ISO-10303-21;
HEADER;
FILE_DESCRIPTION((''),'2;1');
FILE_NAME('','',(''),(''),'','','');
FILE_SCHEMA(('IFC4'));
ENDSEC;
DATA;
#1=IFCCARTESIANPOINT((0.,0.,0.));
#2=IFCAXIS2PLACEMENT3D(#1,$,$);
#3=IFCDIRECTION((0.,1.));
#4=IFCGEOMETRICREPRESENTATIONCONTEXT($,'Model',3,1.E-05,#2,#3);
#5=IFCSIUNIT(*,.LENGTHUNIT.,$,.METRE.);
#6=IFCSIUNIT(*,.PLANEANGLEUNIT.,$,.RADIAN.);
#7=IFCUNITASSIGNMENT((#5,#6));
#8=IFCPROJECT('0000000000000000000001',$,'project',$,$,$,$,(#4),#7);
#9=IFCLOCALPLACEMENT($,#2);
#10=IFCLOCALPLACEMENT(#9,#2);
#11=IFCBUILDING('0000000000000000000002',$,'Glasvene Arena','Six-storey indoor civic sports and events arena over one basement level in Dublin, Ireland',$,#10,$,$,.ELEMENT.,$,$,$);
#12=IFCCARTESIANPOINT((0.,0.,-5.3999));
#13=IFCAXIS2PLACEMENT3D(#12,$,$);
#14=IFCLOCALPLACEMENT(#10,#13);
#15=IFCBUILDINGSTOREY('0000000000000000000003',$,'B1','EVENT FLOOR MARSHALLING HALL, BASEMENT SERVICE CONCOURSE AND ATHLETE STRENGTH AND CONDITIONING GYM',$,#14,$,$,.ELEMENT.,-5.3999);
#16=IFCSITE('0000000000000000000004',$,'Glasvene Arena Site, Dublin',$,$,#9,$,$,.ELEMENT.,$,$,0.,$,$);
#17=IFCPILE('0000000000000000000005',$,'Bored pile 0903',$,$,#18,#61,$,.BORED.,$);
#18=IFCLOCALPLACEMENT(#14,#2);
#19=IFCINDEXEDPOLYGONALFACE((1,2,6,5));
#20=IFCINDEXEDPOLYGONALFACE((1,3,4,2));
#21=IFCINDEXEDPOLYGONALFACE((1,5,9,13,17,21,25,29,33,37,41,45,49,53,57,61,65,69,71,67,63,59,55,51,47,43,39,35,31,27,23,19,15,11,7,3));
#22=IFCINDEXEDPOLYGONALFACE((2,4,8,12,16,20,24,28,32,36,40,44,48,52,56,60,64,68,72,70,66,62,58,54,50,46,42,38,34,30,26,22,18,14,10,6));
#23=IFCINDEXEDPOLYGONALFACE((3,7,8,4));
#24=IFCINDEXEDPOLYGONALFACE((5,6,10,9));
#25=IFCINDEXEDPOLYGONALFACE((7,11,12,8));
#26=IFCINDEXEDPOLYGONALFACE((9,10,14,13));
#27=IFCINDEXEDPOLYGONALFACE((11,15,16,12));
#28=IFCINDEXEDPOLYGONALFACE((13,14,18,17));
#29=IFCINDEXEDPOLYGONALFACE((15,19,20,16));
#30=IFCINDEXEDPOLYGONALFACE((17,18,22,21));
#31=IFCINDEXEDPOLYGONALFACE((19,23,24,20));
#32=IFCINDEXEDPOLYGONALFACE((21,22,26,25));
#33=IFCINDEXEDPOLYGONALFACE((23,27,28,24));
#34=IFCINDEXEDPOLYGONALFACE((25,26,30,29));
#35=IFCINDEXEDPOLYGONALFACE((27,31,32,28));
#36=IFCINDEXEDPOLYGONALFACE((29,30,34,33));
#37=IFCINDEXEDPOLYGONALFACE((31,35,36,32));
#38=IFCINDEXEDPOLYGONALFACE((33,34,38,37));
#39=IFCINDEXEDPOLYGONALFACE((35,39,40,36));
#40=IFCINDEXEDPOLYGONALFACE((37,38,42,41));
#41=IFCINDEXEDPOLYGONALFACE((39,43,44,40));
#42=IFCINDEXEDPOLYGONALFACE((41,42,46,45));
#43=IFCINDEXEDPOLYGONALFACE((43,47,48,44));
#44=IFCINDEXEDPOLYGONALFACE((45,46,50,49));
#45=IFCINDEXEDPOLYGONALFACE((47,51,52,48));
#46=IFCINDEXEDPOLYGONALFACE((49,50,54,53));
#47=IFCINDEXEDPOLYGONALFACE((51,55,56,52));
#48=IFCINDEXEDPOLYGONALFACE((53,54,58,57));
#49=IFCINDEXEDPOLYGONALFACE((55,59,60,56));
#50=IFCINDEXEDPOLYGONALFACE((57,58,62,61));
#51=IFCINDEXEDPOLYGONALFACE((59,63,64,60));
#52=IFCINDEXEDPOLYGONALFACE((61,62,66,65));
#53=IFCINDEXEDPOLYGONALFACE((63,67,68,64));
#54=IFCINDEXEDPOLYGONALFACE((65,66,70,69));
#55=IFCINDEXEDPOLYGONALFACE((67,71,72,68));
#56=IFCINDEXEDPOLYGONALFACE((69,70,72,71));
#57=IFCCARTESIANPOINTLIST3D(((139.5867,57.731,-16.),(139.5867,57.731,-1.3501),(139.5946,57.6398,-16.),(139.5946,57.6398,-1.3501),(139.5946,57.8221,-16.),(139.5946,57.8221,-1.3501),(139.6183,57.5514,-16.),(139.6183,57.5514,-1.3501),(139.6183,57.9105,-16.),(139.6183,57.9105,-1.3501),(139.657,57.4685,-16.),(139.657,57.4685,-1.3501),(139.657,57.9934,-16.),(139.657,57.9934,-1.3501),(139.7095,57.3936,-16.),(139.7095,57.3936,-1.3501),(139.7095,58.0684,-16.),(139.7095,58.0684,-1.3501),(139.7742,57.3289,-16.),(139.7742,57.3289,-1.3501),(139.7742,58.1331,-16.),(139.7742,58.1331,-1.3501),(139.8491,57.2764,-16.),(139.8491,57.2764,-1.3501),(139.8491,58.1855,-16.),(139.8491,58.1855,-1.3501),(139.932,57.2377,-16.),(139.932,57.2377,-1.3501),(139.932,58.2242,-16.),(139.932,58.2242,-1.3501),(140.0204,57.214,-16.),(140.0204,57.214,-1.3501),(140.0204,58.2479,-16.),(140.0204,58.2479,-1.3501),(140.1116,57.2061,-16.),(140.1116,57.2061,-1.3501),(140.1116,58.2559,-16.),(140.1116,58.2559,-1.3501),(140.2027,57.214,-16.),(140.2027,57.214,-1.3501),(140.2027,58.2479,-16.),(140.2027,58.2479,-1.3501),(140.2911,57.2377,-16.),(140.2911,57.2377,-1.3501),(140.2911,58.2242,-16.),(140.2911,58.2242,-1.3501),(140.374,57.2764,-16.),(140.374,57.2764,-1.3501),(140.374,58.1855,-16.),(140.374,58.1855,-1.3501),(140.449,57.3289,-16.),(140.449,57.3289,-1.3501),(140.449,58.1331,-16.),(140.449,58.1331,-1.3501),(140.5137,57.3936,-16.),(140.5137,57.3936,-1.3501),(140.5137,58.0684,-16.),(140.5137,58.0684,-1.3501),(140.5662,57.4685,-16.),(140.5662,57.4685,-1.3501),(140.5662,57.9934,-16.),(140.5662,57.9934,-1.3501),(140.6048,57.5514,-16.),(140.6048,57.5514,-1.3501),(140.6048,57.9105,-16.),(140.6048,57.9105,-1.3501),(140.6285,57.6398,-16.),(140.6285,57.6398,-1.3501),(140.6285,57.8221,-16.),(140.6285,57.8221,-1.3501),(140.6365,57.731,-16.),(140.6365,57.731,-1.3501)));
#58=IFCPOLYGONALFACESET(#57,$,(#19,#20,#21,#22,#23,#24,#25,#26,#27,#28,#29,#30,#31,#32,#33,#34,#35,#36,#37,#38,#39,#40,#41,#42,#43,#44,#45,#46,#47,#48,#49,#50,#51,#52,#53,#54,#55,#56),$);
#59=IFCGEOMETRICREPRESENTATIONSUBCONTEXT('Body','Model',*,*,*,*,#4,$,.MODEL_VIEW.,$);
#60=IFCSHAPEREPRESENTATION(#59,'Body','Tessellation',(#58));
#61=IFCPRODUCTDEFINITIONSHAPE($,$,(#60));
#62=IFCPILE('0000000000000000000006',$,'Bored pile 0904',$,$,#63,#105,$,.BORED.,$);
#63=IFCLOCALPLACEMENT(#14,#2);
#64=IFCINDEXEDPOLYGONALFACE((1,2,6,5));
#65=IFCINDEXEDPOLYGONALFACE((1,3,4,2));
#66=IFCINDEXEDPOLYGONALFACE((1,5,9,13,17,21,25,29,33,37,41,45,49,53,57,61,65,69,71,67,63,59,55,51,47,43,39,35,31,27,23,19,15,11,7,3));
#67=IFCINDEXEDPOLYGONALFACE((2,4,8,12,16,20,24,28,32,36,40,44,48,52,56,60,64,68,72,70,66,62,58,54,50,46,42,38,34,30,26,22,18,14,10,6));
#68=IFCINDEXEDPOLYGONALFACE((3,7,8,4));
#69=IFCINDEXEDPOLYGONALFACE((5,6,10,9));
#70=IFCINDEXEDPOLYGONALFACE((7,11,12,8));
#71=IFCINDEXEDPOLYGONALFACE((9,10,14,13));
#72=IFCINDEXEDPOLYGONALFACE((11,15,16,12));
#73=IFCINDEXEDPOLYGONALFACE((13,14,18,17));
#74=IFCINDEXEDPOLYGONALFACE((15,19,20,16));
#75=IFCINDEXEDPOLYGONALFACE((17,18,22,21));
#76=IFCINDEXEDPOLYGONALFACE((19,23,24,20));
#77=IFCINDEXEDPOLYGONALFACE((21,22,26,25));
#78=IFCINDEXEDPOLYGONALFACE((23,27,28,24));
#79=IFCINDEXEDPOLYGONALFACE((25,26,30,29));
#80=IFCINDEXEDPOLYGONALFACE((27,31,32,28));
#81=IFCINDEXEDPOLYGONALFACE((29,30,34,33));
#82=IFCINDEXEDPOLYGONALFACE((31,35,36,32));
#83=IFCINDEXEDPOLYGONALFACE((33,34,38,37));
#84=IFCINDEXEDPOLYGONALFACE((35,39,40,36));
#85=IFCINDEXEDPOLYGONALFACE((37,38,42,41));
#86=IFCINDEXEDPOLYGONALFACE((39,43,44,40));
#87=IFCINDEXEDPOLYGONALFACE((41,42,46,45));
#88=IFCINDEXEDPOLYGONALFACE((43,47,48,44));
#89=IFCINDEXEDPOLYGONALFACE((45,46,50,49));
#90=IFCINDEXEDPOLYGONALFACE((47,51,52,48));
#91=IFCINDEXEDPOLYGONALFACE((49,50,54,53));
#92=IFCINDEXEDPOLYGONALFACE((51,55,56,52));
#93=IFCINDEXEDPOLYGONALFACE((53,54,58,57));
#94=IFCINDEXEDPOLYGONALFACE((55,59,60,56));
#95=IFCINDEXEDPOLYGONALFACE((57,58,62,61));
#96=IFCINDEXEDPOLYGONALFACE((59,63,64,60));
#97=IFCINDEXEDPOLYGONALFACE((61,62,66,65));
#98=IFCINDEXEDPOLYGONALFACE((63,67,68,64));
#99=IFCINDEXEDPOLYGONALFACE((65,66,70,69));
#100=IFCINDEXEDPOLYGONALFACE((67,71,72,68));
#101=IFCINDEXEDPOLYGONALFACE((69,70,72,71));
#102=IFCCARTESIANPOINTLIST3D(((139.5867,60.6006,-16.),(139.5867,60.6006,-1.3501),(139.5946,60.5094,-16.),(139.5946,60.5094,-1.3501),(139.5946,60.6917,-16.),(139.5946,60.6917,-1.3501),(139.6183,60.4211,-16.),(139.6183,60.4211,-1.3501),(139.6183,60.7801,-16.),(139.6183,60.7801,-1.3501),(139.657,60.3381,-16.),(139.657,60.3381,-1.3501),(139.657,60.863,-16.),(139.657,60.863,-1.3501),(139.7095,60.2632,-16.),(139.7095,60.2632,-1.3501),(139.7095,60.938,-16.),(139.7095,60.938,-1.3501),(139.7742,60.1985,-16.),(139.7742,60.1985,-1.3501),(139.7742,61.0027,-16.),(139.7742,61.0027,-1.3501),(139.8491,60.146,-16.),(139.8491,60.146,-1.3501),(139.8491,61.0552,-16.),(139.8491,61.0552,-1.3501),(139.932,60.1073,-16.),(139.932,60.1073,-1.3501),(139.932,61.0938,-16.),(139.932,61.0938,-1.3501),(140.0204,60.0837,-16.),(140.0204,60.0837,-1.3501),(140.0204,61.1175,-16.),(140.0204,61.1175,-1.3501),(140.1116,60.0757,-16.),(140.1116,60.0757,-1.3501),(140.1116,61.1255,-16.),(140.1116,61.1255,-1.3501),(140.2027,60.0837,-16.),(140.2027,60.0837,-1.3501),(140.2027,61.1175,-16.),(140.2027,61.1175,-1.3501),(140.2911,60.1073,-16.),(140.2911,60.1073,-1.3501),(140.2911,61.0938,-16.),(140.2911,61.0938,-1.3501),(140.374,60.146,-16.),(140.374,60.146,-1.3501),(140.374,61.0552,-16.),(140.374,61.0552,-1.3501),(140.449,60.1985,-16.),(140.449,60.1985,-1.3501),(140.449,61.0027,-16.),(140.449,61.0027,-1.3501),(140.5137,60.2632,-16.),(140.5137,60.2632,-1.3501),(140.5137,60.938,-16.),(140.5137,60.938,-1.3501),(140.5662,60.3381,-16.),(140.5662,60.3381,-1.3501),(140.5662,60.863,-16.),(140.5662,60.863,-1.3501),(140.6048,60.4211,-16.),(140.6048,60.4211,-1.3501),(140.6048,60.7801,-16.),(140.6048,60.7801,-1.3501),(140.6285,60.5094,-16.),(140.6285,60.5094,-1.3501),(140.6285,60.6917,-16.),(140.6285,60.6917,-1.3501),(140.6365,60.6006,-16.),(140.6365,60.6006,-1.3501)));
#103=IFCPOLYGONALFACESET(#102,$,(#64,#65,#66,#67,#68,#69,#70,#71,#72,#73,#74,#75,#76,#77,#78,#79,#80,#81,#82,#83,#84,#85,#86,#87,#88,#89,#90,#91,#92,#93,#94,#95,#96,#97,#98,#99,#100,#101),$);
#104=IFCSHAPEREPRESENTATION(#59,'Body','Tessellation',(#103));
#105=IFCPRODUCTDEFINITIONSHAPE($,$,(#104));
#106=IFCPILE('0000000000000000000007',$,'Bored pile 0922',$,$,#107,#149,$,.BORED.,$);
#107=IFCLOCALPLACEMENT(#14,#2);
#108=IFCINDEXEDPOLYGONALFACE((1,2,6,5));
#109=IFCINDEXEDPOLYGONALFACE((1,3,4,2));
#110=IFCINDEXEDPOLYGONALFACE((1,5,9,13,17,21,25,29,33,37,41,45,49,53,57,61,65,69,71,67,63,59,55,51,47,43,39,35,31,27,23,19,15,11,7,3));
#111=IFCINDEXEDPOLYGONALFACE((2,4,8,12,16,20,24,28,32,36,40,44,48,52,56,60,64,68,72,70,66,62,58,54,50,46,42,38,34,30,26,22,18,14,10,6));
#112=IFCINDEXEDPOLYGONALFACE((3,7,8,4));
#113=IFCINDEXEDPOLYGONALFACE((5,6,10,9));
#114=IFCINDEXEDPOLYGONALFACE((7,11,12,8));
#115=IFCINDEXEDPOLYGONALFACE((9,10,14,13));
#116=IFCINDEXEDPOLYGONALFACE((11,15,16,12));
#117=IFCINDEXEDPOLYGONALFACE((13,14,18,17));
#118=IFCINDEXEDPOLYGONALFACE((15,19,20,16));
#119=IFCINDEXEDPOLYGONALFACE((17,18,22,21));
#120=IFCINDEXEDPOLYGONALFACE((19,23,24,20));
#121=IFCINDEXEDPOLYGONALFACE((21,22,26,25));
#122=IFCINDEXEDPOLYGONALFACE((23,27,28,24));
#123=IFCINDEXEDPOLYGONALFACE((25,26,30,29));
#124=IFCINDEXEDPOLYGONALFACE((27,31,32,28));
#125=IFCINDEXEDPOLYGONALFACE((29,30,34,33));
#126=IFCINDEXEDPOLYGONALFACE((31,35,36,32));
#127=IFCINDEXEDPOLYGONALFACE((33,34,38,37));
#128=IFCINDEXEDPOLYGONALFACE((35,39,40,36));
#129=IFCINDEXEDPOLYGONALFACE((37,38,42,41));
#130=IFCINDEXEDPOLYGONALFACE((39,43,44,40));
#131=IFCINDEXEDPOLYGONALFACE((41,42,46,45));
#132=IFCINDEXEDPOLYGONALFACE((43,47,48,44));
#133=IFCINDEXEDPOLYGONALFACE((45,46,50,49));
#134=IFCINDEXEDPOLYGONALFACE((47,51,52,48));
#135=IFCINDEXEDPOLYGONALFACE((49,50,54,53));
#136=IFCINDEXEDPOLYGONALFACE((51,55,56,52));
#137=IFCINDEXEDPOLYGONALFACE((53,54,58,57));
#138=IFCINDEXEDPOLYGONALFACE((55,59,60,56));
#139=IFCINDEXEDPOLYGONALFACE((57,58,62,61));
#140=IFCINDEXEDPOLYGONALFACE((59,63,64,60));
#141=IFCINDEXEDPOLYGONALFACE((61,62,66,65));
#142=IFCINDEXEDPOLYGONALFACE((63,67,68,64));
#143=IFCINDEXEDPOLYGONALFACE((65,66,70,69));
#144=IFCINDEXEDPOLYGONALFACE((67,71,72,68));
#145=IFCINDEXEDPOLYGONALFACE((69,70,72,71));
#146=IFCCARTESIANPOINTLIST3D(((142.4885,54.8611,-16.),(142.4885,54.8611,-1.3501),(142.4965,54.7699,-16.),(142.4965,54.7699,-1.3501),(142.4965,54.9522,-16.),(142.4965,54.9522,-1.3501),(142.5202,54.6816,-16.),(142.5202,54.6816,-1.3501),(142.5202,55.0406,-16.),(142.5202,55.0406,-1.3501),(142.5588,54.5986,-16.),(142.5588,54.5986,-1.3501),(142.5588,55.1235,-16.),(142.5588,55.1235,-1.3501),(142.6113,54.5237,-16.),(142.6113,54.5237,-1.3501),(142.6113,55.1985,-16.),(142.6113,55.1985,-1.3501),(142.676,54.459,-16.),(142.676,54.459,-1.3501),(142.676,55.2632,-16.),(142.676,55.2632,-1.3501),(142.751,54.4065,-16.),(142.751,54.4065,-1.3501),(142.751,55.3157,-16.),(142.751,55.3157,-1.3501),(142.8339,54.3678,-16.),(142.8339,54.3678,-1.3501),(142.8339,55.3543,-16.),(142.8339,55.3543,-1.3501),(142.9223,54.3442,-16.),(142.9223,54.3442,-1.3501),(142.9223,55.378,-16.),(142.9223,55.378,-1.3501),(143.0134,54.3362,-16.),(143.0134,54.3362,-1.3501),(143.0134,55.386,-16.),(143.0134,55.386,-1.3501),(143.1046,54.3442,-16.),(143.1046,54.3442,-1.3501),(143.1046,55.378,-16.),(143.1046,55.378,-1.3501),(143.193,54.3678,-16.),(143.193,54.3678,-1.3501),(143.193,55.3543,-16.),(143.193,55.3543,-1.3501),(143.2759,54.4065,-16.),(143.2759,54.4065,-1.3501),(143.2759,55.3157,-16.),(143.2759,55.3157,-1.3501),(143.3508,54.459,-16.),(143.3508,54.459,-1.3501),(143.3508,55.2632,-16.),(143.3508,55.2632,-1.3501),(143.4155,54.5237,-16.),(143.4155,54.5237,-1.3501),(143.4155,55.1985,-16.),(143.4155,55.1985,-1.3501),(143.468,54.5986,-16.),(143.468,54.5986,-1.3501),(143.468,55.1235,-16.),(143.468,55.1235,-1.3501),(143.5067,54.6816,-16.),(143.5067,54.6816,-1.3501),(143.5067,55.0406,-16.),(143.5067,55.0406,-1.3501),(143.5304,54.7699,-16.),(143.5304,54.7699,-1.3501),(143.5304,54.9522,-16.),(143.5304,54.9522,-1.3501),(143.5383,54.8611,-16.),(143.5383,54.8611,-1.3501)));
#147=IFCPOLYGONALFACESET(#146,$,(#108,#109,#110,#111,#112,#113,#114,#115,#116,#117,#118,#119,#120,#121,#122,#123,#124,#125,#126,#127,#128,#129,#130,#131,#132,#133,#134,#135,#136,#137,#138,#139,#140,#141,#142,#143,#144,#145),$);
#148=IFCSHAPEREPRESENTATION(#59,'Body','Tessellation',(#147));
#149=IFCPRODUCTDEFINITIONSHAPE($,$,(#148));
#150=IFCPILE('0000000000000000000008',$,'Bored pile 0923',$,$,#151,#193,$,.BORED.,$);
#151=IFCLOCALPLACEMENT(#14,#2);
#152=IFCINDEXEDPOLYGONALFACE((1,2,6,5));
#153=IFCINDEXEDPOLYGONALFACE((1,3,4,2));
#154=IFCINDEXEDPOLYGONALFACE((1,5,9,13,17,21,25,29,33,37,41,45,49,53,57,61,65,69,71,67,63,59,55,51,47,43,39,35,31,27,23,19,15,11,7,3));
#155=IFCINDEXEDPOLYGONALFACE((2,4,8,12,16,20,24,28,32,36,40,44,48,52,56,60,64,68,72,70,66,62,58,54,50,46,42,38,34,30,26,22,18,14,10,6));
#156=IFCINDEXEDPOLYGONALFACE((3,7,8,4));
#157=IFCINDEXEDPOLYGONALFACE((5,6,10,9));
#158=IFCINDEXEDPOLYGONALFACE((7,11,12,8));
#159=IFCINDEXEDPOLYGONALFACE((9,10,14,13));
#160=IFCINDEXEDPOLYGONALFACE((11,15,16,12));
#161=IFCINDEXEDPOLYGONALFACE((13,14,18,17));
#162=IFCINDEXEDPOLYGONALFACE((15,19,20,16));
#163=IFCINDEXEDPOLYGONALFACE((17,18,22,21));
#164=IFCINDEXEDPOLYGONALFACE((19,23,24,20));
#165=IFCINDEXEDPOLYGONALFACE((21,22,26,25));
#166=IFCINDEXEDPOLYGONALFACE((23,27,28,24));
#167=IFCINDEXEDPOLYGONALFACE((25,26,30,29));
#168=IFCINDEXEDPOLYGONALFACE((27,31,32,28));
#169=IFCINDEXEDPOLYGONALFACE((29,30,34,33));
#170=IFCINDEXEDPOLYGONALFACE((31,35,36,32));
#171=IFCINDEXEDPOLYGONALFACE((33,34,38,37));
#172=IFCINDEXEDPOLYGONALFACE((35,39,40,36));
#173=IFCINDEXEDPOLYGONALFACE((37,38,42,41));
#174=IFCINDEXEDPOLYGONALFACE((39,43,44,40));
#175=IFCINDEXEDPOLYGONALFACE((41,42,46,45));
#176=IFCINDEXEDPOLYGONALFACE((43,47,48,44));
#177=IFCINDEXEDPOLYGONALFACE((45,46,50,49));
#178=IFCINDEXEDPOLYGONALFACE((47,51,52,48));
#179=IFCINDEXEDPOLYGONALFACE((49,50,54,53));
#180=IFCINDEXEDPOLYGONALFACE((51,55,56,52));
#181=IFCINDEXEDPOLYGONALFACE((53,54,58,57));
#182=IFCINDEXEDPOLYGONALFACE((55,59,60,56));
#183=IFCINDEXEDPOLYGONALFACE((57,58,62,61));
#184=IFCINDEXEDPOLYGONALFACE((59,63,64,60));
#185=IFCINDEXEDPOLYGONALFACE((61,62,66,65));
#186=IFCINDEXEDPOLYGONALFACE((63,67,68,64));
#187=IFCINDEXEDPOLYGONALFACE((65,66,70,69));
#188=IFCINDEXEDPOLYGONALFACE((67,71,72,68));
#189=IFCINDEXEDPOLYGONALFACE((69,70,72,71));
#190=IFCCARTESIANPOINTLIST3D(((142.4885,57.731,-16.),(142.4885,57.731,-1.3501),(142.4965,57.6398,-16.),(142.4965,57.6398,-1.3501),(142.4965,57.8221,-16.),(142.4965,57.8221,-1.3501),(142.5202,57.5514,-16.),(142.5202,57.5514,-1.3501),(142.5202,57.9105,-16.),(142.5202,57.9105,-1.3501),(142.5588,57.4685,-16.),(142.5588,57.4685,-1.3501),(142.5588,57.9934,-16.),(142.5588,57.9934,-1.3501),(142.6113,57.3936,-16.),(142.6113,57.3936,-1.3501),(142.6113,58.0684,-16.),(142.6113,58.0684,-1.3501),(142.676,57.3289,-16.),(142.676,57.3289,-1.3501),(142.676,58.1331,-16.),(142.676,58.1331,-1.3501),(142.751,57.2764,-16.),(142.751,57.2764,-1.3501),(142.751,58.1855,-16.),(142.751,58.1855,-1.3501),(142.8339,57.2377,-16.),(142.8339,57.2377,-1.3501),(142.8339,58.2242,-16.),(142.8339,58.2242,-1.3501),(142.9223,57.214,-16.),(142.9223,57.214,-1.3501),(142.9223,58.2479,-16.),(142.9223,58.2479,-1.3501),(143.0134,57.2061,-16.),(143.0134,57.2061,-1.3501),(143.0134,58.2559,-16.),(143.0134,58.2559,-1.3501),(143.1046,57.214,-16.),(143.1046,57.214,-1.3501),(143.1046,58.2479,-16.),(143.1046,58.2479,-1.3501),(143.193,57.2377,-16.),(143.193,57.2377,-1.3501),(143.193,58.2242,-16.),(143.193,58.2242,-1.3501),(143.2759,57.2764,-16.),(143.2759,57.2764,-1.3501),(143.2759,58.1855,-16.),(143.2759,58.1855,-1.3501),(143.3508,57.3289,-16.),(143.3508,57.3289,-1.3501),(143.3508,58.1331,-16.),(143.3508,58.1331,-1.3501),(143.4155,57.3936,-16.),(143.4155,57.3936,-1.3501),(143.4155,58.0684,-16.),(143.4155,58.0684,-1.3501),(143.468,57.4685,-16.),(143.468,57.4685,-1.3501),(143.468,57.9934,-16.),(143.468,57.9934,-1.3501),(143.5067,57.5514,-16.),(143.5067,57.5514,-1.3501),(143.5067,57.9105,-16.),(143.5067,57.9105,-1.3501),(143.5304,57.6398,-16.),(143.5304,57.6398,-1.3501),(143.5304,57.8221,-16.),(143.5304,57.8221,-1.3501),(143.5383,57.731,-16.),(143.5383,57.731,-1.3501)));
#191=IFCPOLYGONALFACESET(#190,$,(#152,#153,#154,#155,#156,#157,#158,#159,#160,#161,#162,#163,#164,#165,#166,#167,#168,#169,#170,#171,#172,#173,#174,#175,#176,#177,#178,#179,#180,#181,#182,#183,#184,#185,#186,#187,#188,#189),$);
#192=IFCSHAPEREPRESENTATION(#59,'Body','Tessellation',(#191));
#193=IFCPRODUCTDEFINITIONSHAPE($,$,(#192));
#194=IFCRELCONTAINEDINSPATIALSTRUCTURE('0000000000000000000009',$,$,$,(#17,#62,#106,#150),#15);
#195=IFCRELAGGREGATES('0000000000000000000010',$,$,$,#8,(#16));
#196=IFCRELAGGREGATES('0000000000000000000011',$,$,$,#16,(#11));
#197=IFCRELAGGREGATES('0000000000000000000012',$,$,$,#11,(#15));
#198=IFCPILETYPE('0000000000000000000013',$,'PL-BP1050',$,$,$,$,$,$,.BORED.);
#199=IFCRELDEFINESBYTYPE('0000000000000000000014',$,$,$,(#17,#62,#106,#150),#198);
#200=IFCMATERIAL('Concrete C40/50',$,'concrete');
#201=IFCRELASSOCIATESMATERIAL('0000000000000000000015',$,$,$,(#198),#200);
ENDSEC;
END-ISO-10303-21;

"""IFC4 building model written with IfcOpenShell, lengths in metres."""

from ifc_helpers import new_model, si_unit, direction, frame, origin, origin_2d, place, context, subcontext, project, spatial, circle, extrude, material, material_profile, profile_set, type_object, element, save


model = new_model("IFC4")

# Units and contexts
model_context = context("Model", 3, precision=1e-05, world=origin(), true_north=direction((0.0, 1.0)))
body_context = subcontext(model_context, "Body", "Model", "MODEL_VIEW")
ifc_project = project(units=[si_unit("LENGTHUNIT", "METRE"), si_unit("PLANEANGLEUNIT", "RADIAN")], contexts=[model_context])

# Site, building, storey
site_placement = place(None, origin())
site = spatial("IfcSite", under=ifc_project, at=site_placement, Name="Glasvene Arena Site, Dublin", CompositionType="ELEMENT", RefElevation=0.0)
building_placement = place(site_placement, origin())
building = spatial("IfcBuilding", under=site, at=building_placement, Name="Glasvene Arena", Description="Six-storey indoor civic sports and events arena over one basement level in Dublin, Ireland", CompositionType="ELEMENT")
storey_placement = place(building_placement, frame((0.0, 0.0, -5.3999)))
storey = spatial("IfcBuildingStorey", under=building, at=storey_placement, Name="B1", Description="EVENT FLOOR MARSHALLING HALL, BASEMENT SERVICE CONCOURSE AND ATHLETE STRENGTH AND CONDITIONING GYM", CompositionType="ELEMENT", Elevation=-5.3999)

# Piles
ifc_material_1 = material(Name="Concrete C40/50", Category="concrete")
ifc_material_profile_1 = material_profile(ifc_material_1, circle(Radius=0.5249, at=origin_2d()), Name="BORED PILE 1050")
ifc_profile_set_1 = profile_set([ifc_material_profile_1], Name="Concrete C40/50")
pile_type = type_object("IfcPileType", Name="PL-BP1050", PredefinedType="BORED", material=ifc_profile_set_1)
for number, where, z_axis, x_axis, name in (
    (1, (140.1116, 57.731, -1.3501), (0.0, 0.0, -1.0), (1.0, 0.0, 0.0), "Bored pile 0903"),
    (2, (140.1116, 60.6006, -1.3501), (0.0, 0.0, -1.0), (1.0, 0.0, 0.0), "Bored pile 0904"),
    (3, (143.0134, 54.8611, -1.3501), (0.0, 0.0, -1.0), (1.0, 0.0, 0.0), "Bored pile 0922"),
    (4, (143.0134, 57.731, -1.3501), (0.0, 0.0, -1.0), (1.0, 0.0, 0.0), "Bored pile 0923"),
):
    element("IfcPile", number, at=place(storey_placement, frame(where, z_axis=z_axis, x_axis=x_axis)), inside=storey, type_object=pile_type, Name=name, PredefinedType="BORED", context=body_context, shape_type="SweptSolid", body=[
        extrude(circle(Radius=0.5249, at=origin_2d()), origin(), (0.0, 0.0, 1.0), 14.6499),
    ])

save(model, "model.ifc")
